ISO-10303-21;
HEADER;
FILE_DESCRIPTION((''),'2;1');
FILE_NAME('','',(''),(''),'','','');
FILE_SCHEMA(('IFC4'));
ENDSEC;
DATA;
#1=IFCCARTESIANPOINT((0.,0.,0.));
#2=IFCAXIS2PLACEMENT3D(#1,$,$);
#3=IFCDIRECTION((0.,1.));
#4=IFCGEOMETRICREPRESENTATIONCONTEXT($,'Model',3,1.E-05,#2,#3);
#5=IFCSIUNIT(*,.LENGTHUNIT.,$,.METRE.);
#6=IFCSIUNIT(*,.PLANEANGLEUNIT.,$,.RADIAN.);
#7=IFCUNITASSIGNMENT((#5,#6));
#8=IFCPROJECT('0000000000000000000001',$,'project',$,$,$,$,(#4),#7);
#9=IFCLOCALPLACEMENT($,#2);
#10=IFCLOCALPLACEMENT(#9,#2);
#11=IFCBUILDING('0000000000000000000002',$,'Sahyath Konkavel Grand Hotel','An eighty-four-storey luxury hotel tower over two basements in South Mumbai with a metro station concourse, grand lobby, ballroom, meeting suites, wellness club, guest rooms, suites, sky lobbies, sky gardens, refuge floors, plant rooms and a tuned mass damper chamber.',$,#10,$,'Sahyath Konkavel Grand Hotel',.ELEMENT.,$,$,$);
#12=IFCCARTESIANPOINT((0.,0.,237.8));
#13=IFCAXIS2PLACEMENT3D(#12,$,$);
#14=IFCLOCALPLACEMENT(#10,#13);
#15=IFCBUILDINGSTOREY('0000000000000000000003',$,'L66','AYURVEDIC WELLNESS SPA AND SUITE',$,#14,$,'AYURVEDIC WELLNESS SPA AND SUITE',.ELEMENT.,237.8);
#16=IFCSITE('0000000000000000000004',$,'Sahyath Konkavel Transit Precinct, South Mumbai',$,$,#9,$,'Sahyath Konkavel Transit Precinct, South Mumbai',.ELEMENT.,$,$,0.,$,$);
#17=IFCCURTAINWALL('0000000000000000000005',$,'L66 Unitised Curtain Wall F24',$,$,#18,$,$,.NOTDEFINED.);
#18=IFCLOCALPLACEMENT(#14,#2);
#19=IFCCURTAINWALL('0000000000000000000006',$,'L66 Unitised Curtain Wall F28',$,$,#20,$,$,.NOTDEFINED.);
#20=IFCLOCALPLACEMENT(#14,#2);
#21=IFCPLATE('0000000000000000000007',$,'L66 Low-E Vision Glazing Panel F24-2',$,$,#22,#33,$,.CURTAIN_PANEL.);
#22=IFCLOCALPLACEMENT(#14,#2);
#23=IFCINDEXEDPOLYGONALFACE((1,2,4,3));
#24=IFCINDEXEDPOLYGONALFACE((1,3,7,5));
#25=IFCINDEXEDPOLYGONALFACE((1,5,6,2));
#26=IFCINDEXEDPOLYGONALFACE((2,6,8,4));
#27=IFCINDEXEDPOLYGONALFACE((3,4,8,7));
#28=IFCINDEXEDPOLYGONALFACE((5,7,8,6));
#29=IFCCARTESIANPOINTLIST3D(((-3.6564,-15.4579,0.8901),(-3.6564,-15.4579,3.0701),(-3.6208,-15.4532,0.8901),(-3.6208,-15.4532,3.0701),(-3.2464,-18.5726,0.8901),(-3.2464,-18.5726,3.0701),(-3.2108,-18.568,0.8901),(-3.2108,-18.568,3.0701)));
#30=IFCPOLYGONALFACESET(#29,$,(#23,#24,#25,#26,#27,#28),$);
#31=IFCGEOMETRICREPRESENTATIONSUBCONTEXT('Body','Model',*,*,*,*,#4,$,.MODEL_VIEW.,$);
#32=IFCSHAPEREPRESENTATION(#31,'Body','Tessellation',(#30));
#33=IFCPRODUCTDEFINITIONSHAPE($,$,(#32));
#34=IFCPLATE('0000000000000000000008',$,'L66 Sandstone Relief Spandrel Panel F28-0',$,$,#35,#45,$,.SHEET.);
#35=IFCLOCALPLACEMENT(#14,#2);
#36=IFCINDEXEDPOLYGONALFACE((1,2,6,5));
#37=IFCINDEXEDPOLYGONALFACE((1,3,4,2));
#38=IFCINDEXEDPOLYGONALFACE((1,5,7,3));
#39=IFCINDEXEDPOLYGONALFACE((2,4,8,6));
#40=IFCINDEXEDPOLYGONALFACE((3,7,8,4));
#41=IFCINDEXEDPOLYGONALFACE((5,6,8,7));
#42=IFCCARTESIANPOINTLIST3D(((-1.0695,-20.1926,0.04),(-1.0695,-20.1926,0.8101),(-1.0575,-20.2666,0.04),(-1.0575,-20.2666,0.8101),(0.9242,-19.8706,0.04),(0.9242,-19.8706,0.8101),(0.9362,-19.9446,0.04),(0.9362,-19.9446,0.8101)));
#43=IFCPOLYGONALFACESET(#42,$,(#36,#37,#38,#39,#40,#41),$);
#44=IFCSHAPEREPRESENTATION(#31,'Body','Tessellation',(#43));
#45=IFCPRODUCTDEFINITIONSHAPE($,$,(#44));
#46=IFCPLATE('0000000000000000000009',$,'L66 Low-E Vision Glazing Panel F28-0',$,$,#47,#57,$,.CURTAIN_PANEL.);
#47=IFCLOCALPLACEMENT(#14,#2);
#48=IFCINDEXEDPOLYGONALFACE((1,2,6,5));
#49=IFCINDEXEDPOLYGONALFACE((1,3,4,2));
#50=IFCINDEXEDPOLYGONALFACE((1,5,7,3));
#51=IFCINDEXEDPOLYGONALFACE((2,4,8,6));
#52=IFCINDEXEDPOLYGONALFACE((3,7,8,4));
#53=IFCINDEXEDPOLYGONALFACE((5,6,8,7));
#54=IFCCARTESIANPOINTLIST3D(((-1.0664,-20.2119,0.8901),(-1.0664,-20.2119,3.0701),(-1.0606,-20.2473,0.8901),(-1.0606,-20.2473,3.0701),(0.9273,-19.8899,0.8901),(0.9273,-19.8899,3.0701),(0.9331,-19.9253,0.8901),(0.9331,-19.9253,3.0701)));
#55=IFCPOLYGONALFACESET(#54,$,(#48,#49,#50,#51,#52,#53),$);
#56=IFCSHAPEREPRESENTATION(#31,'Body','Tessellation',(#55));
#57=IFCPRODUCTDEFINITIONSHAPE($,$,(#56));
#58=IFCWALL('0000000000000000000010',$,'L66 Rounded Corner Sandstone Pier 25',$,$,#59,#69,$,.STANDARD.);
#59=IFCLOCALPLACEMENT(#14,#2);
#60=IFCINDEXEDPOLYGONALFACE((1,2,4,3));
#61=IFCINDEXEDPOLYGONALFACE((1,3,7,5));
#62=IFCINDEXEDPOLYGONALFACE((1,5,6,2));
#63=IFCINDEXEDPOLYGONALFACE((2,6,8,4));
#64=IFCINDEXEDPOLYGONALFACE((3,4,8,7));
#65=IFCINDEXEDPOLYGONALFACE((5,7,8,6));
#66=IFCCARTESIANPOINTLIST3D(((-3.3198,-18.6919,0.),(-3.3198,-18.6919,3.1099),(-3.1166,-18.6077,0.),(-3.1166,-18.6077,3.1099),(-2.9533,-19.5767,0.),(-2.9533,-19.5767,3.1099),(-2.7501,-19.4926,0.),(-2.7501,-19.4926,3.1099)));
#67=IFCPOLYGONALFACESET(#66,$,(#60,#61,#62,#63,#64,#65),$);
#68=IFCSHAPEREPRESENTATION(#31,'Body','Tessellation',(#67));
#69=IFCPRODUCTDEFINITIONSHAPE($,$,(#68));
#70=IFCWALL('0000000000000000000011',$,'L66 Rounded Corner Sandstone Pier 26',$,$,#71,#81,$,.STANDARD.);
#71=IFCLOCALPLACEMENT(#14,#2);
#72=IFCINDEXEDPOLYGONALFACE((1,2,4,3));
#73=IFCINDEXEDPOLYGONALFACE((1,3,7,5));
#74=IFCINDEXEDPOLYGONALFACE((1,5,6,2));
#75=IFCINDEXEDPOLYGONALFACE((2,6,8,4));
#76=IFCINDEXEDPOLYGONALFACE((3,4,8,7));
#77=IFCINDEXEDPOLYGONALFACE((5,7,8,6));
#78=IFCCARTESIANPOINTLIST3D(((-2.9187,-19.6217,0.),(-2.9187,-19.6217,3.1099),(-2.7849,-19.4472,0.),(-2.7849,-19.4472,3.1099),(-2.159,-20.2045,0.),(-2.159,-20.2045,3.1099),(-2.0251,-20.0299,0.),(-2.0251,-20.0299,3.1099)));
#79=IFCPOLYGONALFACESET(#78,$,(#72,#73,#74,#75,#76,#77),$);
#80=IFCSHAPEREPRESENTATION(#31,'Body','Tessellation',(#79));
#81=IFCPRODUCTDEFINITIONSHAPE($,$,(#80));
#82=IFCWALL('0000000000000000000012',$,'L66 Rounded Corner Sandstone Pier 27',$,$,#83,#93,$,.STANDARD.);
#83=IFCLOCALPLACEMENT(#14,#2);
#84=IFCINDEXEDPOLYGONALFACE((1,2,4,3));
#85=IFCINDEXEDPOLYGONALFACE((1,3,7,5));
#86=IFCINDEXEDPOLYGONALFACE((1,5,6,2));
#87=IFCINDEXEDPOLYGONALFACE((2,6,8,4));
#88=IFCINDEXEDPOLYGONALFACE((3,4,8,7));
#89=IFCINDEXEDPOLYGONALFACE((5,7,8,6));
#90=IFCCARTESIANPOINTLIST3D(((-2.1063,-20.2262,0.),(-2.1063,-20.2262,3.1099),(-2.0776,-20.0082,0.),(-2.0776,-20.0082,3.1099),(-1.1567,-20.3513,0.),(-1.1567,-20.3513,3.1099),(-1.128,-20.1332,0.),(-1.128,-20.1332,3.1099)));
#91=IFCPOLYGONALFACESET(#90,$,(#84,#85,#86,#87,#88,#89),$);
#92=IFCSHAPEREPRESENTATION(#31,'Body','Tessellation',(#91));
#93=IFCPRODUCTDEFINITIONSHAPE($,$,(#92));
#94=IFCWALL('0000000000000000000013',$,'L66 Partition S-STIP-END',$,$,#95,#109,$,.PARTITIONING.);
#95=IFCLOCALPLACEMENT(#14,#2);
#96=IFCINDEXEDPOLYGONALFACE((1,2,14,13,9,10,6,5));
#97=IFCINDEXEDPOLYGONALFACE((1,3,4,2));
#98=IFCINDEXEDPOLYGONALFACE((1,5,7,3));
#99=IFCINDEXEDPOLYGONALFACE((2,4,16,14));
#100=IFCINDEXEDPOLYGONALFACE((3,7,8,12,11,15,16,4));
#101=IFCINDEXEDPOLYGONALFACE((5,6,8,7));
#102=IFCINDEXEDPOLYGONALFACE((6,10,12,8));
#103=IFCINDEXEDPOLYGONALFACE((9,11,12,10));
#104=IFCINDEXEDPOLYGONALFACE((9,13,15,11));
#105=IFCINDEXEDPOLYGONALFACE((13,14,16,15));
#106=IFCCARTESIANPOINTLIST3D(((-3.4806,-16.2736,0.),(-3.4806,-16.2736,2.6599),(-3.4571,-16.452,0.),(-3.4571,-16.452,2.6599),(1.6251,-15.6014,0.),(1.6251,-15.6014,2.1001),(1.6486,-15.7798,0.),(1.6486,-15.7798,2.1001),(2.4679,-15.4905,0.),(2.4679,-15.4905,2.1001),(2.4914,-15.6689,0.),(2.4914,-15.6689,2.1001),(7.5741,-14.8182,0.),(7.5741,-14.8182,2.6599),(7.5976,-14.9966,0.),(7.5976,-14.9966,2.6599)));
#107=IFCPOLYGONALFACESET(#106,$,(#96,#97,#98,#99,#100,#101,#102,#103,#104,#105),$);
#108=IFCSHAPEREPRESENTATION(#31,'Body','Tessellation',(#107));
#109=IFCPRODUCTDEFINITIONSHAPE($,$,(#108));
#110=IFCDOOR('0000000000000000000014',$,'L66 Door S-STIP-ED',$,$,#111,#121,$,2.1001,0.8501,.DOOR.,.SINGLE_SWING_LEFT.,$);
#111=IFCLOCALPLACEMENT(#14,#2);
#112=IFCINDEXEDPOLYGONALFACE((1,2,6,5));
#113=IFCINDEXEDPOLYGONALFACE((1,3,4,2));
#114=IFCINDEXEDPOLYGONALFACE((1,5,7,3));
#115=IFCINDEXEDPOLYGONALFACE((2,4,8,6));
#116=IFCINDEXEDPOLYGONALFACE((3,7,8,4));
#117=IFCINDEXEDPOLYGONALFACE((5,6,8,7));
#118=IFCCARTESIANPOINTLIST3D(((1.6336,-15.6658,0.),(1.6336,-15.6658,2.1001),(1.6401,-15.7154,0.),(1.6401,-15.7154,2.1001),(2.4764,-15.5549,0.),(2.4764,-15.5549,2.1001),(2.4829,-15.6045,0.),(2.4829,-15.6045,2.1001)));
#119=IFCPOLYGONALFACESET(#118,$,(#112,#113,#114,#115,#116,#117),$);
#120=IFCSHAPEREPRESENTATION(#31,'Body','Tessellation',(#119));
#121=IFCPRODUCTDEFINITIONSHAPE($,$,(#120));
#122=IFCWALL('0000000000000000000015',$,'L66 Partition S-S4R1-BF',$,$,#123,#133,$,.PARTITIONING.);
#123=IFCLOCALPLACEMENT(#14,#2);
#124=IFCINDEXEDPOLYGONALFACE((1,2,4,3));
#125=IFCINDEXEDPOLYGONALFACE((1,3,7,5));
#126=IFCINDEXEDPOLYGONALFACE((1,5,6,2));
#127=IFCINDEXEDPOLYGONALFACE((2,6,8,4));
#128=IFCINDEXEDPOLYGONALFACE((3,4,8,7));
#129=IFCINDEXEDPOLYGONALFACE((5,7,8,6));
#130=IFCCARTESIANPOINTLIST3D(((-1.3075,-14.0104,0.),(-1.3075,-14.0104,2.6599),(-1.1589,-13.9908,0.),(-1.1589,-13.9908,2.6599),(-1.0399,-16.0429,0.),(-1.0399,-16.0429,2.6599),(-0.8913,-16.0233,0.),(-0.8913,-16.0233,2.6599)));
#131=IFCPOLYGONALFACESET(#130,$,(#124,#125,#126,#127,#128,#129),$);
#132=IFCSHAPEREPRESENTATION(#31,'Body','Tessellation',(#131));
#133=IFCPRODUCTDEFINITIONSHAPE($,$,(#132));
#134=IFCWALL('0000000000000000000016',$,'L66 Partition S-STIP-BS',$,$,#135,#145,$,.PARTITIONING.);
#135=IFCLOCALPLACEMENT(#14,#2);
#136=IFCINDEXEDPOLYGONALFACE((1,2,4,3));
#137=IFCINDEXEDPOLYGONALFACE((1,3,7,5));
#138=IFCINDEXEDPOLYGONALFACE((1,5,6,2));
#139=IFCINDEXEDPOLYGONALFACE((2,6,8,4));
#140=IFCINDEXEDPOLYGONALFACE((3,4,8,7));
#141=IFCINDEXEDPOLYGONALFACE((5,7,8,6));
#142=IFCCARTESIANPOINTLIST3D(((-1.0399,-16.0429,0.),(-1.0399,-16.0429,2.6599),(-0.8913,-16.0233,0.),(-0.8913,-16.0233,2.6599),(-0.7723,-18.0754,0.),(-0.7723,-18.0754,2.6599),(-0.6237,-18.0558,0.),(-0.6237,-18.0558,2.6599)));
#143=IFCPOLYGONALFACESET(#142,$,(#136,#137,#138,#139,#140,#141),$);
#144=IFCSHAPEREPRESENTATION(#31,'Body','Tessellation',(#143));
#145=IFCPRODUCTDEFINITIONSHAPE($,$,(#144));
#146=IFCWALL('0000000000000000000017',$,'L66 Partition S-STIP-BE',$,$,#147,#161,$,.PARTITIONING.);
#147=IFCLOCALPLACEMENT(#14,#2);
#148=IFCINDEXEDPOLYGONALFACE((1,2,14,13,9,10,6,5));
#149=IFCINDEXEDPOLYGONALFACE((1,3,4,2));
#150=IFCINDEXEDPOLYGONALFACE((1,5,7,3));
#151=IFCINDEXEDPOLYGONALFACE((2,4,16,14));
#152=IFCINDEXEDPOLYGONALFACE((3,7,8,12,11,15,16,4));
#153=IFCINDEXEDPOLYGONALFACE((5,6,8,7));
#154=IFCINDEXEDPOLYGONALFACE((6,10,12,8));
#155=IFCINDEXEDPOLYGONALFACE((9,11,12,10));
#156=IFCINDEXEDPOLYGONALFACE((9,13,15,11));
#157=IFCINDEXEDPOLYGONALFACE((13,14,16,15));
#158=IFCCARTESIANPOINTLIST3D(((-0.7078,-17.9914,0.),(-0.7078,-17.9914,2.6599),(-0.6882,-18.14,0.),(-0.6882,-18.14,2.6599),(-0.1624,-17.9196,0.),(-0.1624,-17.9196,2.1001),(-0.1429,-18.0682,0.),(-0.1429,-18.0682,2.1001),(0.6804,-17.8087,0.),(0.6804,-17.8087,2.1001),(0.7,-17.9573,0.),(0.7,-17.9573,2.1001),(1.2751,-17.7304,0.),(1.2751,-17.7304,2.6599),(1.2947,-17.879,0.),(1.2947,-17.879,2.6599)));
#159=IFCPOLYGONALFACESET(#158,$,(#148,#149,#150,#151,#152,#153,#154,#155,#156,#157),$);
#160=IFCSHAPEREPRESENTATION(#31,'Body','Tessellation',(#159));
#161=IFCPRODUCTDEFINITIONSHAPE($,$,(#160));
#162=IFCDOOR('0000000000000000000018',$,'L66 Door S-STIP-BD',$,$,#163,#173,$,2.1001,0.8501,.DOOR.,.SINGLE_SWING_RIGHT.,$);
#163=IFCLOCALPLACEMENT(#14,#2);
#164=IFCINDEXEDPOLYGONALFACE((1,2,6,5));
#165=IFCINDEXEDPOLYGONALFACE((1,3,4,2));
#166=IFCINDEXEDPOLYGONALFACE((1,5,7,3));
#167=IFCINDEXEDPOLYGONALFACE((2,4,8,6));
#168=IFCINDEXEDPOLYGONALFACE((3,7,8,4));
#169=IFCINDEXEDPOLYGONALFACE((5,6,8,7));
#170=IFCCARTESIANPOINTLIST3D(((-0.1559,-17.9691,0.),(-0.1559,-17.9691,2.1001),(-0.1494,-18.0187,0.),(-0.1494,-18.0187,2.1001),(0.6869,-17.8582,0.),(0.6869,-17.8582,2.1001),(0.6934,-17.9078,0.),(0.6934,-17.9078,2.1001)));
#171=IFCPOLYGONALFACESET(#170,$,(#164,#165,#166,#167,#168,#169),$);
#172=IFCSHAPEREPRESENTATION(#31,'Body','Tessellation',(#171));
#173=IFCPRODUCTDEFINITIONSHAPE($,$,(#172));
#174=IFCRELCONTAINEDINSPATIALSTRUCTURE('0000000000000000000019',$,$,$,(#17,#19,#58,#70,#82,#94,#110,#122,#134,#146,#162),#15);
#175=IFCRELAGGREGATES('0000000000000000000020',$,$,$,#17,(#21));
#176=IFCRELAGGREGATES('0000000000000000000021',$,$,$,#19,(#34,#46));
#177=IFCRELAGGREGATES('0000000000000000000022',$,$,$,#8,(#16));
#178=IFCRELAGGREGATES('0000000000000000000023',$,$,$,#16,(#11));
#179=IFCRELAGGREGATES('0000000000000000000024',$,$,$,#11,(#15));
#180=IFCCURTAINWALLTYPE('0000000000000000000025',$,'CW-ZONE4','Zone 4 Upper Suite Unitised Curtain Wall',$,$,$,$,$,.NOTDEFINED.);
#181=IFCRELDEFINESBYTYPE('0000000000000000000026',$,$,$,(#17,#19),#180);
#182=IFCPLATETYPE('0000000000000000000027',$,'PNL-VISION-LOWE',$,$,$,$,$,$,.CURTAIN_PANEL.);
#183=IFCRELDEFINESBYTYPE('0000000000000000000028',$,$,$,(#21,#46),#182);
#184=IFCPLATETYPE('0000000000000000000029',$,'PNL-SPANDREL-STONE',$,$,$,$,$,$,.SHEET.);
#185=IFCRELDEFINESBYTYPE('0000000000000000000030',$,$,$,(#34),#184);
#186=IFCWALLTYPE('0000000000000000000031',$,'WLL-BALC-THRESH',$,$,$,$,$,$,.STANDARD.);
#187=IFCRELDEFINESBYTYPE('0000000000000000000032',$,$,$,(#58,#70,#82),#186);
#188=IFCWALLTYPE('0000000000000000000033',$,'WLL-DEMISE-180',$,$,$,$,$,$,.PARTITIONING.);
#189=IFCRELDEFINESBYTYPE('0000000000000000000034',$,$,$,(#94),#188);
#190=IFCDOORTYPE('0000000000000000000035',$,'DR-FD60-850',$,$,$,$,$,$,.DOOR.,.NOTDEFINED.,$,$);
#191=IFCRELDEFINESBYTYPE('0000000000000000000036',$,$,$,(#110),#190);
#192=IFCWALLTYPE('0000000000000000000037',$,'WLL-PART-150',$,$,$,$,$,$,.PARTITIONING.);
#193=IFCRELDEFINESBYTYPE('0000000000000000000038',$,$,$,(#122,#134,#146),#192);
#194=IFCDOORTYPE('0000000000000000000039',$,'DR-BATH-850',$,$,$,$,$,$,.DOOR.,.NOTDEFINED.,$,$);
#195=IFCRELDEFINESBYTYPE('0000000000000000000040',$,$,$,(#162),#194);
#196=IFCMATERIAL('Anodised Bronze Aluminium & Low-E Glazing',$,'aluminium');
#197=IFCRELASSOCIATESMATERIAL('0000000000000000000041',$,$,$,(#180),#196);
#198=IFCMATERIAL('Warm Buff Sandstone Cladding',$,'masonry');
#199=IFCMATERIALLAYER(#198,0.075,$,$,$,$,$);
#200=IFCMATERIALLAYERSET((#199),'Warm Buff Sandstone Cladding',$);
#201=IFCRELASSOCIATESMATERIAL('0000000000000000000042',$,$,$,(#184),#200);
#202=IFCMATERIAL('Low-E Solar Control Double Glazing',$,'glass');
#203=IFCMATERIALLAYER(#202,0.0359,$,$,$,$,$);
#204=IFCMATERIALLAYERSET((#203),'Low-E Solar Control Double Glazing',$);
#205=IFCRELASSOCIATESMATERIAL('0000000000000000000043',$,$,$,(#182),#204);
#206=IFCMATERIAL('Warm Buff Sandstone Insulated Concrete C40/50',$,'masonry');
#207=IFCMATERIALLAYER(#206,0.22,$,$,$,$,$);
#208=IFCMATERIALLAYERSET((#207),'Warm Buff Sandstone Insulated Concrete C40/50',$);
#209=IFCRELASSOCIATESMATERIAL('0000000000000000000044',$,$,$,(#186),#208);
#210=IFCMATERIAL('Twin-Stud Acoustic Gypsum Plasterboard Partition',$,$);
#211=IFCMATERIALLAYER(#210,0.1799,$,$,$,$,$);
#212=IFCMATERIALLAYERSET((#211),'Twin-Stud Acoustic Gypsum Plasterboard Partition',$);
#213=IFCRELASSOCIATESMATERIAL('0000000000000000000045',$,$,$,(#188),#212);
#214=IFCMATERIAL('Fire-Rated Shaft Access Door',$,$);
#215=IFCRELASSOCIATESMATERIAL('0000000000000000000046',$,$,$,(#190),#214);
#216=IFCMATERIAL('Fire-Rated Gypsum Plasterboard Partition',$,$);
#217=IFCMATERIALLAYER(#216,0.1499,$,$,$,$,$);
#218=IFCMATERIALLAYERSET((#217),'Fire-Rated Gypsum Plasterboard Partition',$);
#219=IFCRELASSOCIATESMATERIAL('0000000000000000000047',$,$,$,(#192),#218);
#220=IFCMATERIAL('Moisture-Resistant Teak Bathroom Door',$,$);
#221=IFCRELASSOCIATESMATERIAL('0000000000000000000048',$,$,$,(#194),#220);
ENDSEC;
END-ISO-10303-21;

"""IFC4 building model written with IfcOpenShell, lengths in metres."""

from ifc_helpers import new_model, si_unit, direction, frame, frame_2d, origin, origin_2d, place, context, subcontext, project, spatial, rectangle, extrude, source, transform, mapped, material, layer, layer_set, type_object, element, fill, aggregate, save


model = new_model("IFC4")

# Units and contexts
model_context = context("Model", 3, precision=1e-05, world=origin(), true_north=direction((0.0, 1.0)))
body_context = subcontext(model_context, "Body", "Model", "MODEL_VIEW")
ifc_project = project(units=[si_unit("LENGTHUNIT", "METRE"), si_unit("PLANEANGLEUNIT", "RADIAN")], contexts=[model_context])

# Site, building, storey
site_placement = place(None, origin())
site = spatial("IfcSite", under=ifc_project, at=site_placement, Name="Sahyath Konkavel Transit Precinct, South Mumbai", LongName="Sahyath Konkavel Transit Precinct, South Mumbai", CompositionType="ELEMENT", RefElevation=0.0)
building_placement = place(site_placement, origin())
building = spatial("IfcBuilding", under=site, at=building_placement, Name="Sahyath Konkavel Grand Hotel", Description="An eighty-four-storey luxury hotel tower over two basements in South Mumbai with a metro station concourse, grand lobby, ballroom, meeting suites, wellness club, guest rooms, suites, sky lobbies, sky gardens, refuge floors, plant rooms and a tuned mass damper chamber.", LongName="Sahyath Konkavel Grand Hotel", CompositionType="ELEMENT")
storey_placement = place(building_placement, frame((0.0, 0.0, 237.8)))
storey = spatial("IfcBuildingStorey", under=building, at=storey_placement, Name="L66", Description="AYURVEDIC WELLNESS SPA AND SUITE", LongName="AYURVEDIC WELLNESS SPA AND SUITE", CompositionType="ELEMENT", Elevation=237.8)

# Curtain wall
ifc_material_1 = material(Name="Anodised Bronze Aluminium & Low-E Glazing", Category="aluminium")
curtain_wall_type = type_object("IfcCurtainWallType", Name="CW-ZONE4", Description="Zone 4 Upper Suite Unitised Curtain Wall", PredefinedType="NOTDEFINED", material=ifc_material_1)
curtain_wall_1_placement = place(storey_placement, origin())
curtain_wall_1 = element("IfcCurtainWall", 1, at=curtain_wall_1_placement, inside=storey, type_object=curtain_wall_type, Name="L66 Unitised Curtain Wall F24", PredefinedType="NOTDEFINED")

# Curtain wall
curtain_wall_2_placement = place(storey_placement, origin())
curtain_wall_2 = element("IfcCurtainWall", 2, at=curtain_wall_2_placement, inside=storey, type_object=curtain_wall_type, Name="L66 Unitised Curtain Wall F28", PredefinedType="NOTDEFINED")

# Plates
ifc_material_2 = material(Name="Warm Buff Sandstone Cladding", Category="masonry")
ifc_layer_1 = layer(ifc_material_2, 0.075)
ifc_layer_set_1 = layer_set([ifc_layer_1], Name="Warm Buff Sandstone Cladding")
plate_type_1 = type_object("IfcPlateType", Name="PNL-SPANDREL-STONE", PredefinedType="SHEET", material=ifc_layer_set_1)
ifc_material_3 = material(Name="Low-E Solar Control Double Glazing", Category="glass")
ifc_layer_2 = layer(ifc_material_3, 0.0359)
ifc_layer_set_2 = layer_set([ifc_layer_2], Name="Low-E Solar Control Double Glazing")
plate_type_2 = type_object("IfcPlateType", Name="PNL-VISION-LOWE", PredefinedType="CURTAIN_PANEL", material=ifc_layer_set_2)
shared_shape_1 = source(origin(), body_context, "Body", "SweptSolid", [
    extrude(rectangle(XDim=3.1416, YDim=0.0359, at=origin_2d()), origin(), (0.0, 0.0, 1.0), 2.1799),
])
plate_1_placement = place(storey_placement, frame((-3.4336, -17.0129, 0.8901), z_axis=(0.0, 0.0, 1.0), x_axis=(0.130526, -0.991445, 0.0)))
plate_1 = element("IfcPlate", 3, at=plate_1_placement, type_object=plate_type_2, Name="L66 Low-E Vision Glazing Panel F24-2", PredefinedType="CURTAIN_PANEL", context=body_context, shape_type="MappedRepresentation", body=[
    mapped(shared_shape_1, transform((0.0, 0.0, 0.0), scale=1.0)),
])
aggregate(curtain_wall_1, [plate_1])
shared_shape_2 = source(origin(), body_context, "Body", "SweptSolid", [
    extrude(rectangle(XDim=2.0195, YDim=0.075, at=origin_2d()), origin(), (0.0, 0.0, 1.0), 0.77),
])
plate_2_placement = place(storey_placement, frame((-0.0667, -20.0686, 0.04), z_axis=(0.0, 0.0, 1.0), x_axis=(0.987206, 0.15945, 0.0)))
plate_2 = element("IfcPlate", 4, at=plate_2_placement, type_object=plate_type_1, Name="L66 Sandstone Relief Spandrel Panel F28-0", PredefinedType="SHEET", context=body_context, shape_type="MappedRepresentation", body=[
    mapped(shared_shape_2, transform((0.0, 0.0, 0.0), scale=1.0)),
])
shared_shape_3 = source(origin(), body_context, "Body", "SweptSolid", [
    extrude(rectangle(XDim=2.0195, YDim=0.0359, at=origin_2d()), origin(), (0.0, 0.0, 1.0), 2.1799),
])
plate_3_placement = place(storey_placement, frame((-0.0667, -20.0686, 0.8901), z_axis=(0.0, 0.0, 1.0), x_axis=(0.987206, 0.15945, 0.0)))
plate_3 = element("IfcPlate", 5, at=plate_3_placement, type_object=plate_type_2, Name="L66 Low-E Vision Glazing Panel F28-0", PredefinedType="CURTAIN_PANEL", context=body_context, shape_type="MappedRepresentation", body=[
    mapped(shared_shape_3, transform((0.0, 0.0, 0.0), scale=1.0)),
])
aggregate(curtain_wall_2, [plate_2, plate_3])

# Walls
ifc_material_4 = material(Name="Warm Buff Sandstone Insulated Concrete C40/50", Category="masonry")
ifc_layer_3 = layer(ifc_material_4, 0.22)
ifc_layer_set_3 = layer_set([ifc_layer_3], Name="Warm Buff Sandstone Insulated Concrete C40/50")
wall_type_1 = type_object("IfcWallType", Name="WLL-BALC-THRESH", PredefinedType="STANDARD", material=ifc_layer_set_3)
wall_1_placement = place(storey_placement, frame((-3.2183, -18.6497, 0.0), z_axis=(0.0, 0.0, 1.0), x_axis=(0.38266, -0.923889, 0.0)))
element("IfcWall", 6, at=wall_1_placement, inside=storey, type_object=wall_type_1, Name="L66 Rounded Corner Sandstone Pier 25", PredefinedType="STANDARD", context=body_context, shape_type="SweptSolid", body=[
    extrude(rectangle(XDim=0.9578, YDim=0.22, at=frame_2d((0.479, 0.0))), origin(), (0.0, 0.0, 1.0), 3.1099),
])
wall_2_placement = place(storey_placement, frame((-2.8518, -19.5344, 0.0), z_axis=(0.0, 0.0, 1.0), x_axis=(0.793467, -0.608614, 0.0)))
element("IfcWall", 7, at=wall_2_placement, inside=storey, type_object=wall_type_1, Name="L66 Rounded Corner Sandstone Pier 26", PredefinedType="STANDARD", context=body_context, shape_type="SweptSolid", body=[
    extrude(rectangle(XDim=0.9575, YDim=0.22, at=frame_2d((0.4788, 0.0))), origin(), (0.0, 0.0, 1.0), 3.1099),
])
wall_3_placement = place(storey_placement, frame((-2.092, -20.1172, 0.0), z_axis=(0.0, 0.0, 1.0), x_axis=(0.991445, -0.130527, 0.0)))
element("IfcWall", 8, at=wall_3_placement, inside=storey, type_object=wall_type_1, Name="L66 Rounded Corner Sandstone Pier 27", PredefinedType="STANDARD", context=body_context, shape_type="SweptSolid", body=[
    extrude(rectangle(XDim=0.9578, YDim=0.22, at=frame_2d((0.479, 0.0))), origin(), (0.0, 0.0, 1.0), 3.1099),
])

# Wall, opening, door
ifc_material_5 = material(Name="Twin-Stud Acoustic Gypsum Plasterboard Partition")
ifc_layer_4 = layer(ifc_material_5, 0.1799)
ifc_layer_set_4 = layer_set([ifc_layer_4], Name="Twin-Stud Acoustic Gypsum Plasterboard Partition")
wall_type_2 = type_object("IfcWallType", Name="WLL-DEMISE-180", PredefinedType="PARTITIONING", material=ifc_layer_set_4)
wall_4_placement = place(storey_placement, frame((-3.469, -16.3628, 0.0), z_axis=(0.0, 0.0, 1.0), x_axis=(0.991445, 0.130521, 0.0)))
wall_4 = element("IfcWall", 9, at=wall_4_placement, inside=storey, type_object=wall_type_2, Name="L66 Partition S-STIP-END", PredefinedType="PARTITIONING", context=body_context, shape_type="SweptSolid", body=[
    extrude(rectangle(XDim=11.1501, YDim=0.1799, at=frame_2d((5.5752, 0.0))), origin(), (0.0, 0.0, 1.0), 2.6599),
])
opening_1_placement = place(wall_4_placement, frame((5.1499, 0.0, 0.0)))
opening_1 = element("IfcOpeningElement", 10, at=opening_1_placement, cuts=wall_4, PredefinedType="OPENING", context=body_context, shape_type="SweptSolid", body=[
    extrude(rectangle(XDim=0.8501, YDim=2.1001, at=frame_2d((0.425, 1.05))), frame((0.0, 0.1001, 0.0), z_axis=(0.0, -1.0, 0.0), x_axis=(1.0, 0.0, 0.0)), (0.0, 0.0, 1.0), 0.2),
])
ifc_material_6 = material(Name="Fire-Rated Shaft Access Door")
door_type_1 = type_object("IfcDoorType", Name="DR-FD60-850", OperationType="NOTDEFINED", PredefinedType="DOOR", material=ifc_material_6)
shared_shape_4 = source(origin(), body_context, "Body", "SweptSolid", [
    extrude(rectangle(XDim=0.8501, YDim=0.05, at=origin_2d()), origin(), (0.0, 0.0, 1.0), 2.1001),
])
door_1_placement = place(opening_1_placement, frame((0.425, 0.0, 0.0)))
door_1 = element("IfcDoor", 11, at=door_1_placement, inside=storey, type_object=door_type_1, Name="L66 Door S-STIP-ED", OperationType="SINGLE_SWING_LEFT", OverallHeight=2.1001, OverallWidth=0.8501, PredefinedType="DOOR", context=body_context, shape_type="MappedRepresentation", body=[
    mapped(shared_shape_4, transform((0.0, 0.0, 0.0), scale=1.0)),
])
fill(opening_1, door_1)

# Walls
ifc_material_7 = material(Name="Fire-Rated Gypsum Plasterboard Partition")
ifc_layer_5 = layer(ifc_material_7, 0.1499)
ifc_layer_set_5 = layer_set([ifc_layer_5], Name="Fire-Rated Gypsum Plasterboard Partition")
wall_type_3 = type_object("IfcWallType", Name="WLL-PART-150", PredefinedType="PARTITIONING", material=ifc_layer_set_5)
for number, where, z_axis, x_axis, name in (
    (12, (-1.2332, -14.0007, 0.0), (0.0, 0.0, 1.0), (0.130525, -0.991445, 0.0), "L66 Partition S-S4R1-BF"),
    (13, (-0.9656, -16.0332, 0.0), (0.0, 0.0, 1.0), (0.130525, -0.991445, 0.0), "L66 Partition S-STIP-BS"),
):
    element("IfcWall", number, at=place(storey_placement, frame(where, z_axis=z_axis, x_axis=x_axis)), inside=storey, type_object=wall_type_3, Name=name, PredefinedType="PARTITIONING", context=body_context, shape_type="SweptSolid", body=[
        extrude(rectangle(XDim=2.05, YDim=0.1499, at=frame_2d((1.0249, 0.0))), origin(), (0.0, 0.0, 1.0), 2.6599),
    ])

# Wall, opening, door
wall_5_placement = place(storey_placement, frame((-0.698, -18.0657, 0.0), z_axis=(0.0, 0.0, 1.0), x_axis=(0.991449, 0.130492, 0.0)))
wall_5 = element("IfcWall", 14, at=wall_5_placement, inside=storey, type_object=wall_type_3, Name="L66 Partition S-STIP-BE", PredefinedType="PARTITIONING", context=body_context, shape_type="SweptSolid", body=[
    extrude(rectangle(XDim=2.0, YDim=0.1499, at=frame_2d((1.0, 0.0))), origin(), (0.0, 0.0, 1.0), 2.6599),
])
opening_2_placement = place(wall_5_placement, frame((0.55, 0.0, 0.0)))
opening_2 = element("IfcOpeningElement", 15, at=opening_2_placement, cuts=wall_5, PredefinedType="OPENING", context=body_context, shape_type="SweptSolid", body=[
    extrude(rectangle(XDim=0.8501, YDim=2.1001, at=frame_2d((0.425, 1.05))), frame((0.0, 0.085, 0.0), z_axis=(0.0, -1.0, 0.0), x_axis=(1.0, 0.0, 0.0)), (0.0, 0.0, 1.0), 0.1699),
])
ifc_material_8 = material(Name="Moisture-Resistant Teak Bathroom Door")
door_type_2 = type_object("IfcDoorType", Name="DR-BATH-850", OperationType="NOTDEFINED", PredefinedType="DOOR", material=ifc_material_8)
door_2_placement = place(opening_2_placement, frame((0.425, 0.0, 0.0)))
door_2 = element("IfcDoor", 16, at=door_2_placement, inside=storey, type_object=door_type_2, Name="L66 Door S-STIP-BD", OperationType="SINGLE_SWING_RIGHT", OverallHeight=2.1001, OverallWidth=0.8501, PredefinedType="DOOR", context=body_context, shape_type="MappedRepresentation", body=[
    mapped(shared_shape_4, transform((0.0, 0.0, 0.0), scale=1.0)),
])
fill(opening_2, door_2)

save(model, "model.ifc")
